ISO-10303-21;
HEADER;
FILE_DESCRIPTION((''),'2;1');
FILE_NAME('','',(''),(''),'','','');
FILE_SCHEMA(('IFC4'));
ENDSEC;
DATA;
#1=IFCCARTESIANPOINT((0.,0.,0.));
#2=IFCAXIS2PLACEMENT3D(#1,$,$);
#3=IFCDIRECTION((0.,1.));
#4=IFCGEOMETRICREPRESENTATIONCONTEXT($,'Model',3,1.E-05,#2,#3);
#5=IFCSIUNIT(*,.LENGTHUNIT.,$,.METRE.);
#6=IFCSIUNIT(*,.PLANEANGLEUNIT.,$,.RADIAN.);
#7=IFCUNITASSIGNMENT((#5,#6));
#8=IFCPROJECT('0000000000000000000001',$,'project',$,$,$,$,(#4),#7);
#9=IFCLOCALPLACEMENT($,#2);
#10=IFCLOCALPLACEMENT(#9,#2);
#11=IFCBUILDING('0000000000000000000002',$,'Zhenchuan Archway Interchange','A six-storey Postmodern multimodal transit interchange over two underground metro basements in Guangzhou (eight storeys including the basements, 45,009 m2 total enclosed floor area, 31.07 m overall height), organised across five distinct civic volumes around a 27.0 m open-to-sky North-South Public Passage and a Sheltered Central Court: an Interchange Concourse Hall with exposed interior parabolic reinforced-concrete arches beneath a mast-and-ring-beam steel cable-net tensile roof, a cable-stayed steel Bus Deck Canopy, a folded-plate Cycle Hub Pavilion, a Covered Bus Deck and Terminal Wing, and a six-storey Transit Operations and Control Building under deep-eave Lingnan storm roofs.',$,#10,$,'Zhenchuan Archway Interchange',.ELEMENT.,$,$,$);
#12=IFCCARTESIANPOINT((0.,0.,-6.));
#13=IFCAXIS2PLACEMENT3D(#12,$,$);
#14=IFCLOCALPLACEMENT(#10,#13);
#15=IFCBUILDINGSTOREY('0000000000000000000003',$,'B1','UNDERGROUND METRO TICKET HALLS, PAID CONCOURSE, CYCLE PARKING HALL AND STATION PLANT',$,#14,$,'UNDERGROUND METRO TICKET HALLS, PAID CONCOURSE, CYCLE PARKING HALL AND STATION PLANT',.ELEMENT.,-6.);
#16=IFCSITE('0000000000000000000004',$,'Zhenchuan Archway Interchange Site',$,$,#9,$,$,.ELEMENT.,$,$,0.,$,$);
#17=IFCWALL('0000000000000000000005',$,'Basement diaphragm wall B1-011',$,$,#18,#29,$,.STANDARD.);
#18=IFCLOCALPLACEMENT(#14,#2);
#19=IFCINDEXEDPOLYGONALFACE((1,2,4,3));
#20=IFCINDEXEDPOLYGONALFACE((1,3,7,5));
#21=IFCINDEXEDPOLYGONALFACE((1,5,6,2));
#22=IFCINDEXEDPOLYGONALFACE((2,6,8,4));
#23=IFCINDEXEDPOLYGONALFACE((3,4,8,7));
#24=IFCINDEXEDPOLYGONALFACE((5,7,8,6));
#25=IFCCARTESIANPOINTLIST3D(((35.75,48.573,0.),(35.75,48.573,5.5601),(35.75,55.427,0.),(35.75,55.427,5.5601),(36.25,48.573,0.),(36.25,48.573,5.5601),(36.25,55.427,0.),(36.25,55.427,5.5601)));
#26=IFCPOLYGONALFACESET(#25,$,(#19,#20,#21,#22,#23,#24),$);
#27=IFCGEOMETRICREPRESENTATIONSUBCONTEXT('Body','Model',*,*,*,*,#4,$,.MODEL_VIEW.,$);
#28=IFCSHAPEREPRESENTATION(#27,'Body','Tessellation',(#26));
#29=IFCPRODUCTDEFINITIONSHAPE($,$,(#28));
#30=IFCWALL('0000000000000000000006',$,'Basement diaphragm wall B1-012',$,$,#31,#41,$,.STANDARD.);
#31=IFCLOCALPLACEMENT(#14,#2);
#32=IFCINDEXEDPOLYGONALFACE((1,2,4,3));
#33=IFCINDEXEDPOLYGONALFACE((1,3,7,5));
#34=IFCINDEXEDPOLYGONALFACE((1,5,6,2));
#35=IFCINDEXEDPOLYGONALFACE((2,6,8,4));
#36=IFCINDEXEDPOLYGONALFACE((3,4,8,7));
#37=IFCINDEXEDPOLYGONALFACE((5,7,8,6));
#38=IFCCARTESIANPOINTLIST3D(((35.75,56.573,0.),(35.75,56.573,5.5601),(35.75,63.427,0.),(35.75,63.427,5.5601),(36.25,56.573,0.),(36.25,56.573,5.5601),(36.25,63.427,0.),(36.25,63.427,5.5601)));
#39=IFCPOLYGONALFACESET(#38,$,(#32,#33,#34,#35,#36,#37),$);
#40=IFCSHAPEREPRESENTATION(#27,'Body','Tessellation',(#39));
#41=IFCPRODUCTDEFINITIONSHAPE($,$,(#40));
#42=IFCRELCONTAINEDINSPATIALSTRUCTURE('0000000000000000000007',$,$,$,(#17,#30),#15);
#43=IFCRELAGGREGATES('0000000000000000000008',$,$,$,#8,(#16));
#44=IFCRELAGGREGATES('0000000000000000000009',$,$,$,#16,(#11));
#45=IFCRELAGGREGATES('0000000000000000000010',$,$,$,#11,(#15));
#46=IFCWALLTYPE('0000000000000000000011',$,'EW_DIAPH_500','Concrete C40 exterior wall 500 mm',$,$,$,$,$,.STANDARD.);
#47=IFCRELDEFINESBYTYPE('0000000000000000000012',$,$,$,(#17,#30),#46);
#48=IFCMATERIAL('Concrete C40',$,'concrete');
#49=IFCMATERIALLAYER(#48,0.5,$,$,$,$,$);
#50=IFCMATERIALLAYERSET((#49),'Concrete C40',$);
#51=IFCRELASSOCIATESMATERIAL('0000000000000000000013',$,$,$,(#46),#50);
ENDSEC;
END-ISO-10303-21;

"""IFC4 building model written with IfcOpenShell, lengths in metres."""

from ifc_helpers import new_model, si_unit, direction, frame, frame_2d, origin, place, context, subcontext, project, spatial, rectangle, extrude, material, layer, layer_set, type_object, element, save


model = new_model("IFC4")

# Units and contexts
model_context = context("Model", 3, precision=1e-05, world=origin(), true_north=direction((0.0, 1.0)))
body_context = subcontext(model_context, "Body", "Model", "MODEL_VIEW")
ifc_project = project(units=[si_unit("LENGTHUNIT", "METRE"), si_unit("PLANEANGLEUNIT", "RADIAN")], contexts=[model_context])

# Site, building, storey
site_placement = place(None, origin())
site = spatial("IfcSite", under=ifc_project, at=site_placement, Name="Zhenchuan Archway Interchange Site", CompositionType="ELEMENT", RefElevation=0.0)
building_placement = place(site_placement, origin())
building = spatial("IfcBuilding", under=site, at=building_placement, Name="Zhenchuan Archway Interchange", Description="A six-storey Postmodern multimodal transit interchange over two underground metro basements in Guangzhou (eight storeys including the basements, 45,009 m2 total enclosed floor area, 31.07 m overall height), organised across five distinct civic volumes around a 27.0 m open-to-sky North-South Public Passage and a Sheltered Central Court: an Interchange Concourse Hall with exposed interior parabolic reinforced-concrete arches beneath a mast-and-ring-beam steel cable-net tensile roof, a cable-stayed steel Bus Deck Canopy, a folded-plate Cycle Hub Pavilion, a Covered Bus Deck and Terminal Wing, and a six-storey Transit Operations and Control Building under deep-eave Lingnan storm roofs.", LongName="Zhenchuan Archway Interchange", CompositionType="ELEMENT")
storey_placement = place(building_placement, frame((0.0, 0.0, -6.0)))
storey = spatial("IfcBuildingStorey", under=building, at=storey_placement, Name="B1", Description="UNDERGROUND METRO TICKET HALLS, PAID CONCOURSE, CYCLE PARKING HALL AND STATION PLANT", LongName="UNDERGROUND METRO TICKET HALLS, PAID CONCOURSE, CYCLE PARKING HALL AND STATION PLANT", CompositionType="ELEMENT", Elevation=-6.0)

# Shared definitions
ifc_material_1 = material(Name="Concrete C40", Category="concrete")

# Walls
ifc_layer = layer(ifc_material_1, 0.5)
ifc_layer_set = layer_set([ifc_layer], Name="Concrete C40")
wall_type = type_object("IfcWallType", Name="EW_DIAPH_500", Description="Concrete C40 exterior wall 500 mm", PredefinedType="STANDARD", material=ifc_layer_set)
for number, where, z_axis, x_axis, name in (
    (1, (36.0, 48.573, 0.0), (0.0, 0.0, 1.0), (0.0, 1.0, 0.0), "Basement diaphragm wall B1-011"),
    (2, (36.0, 56.573, 0.0), (0.0, 0.0, 1.0), (0.0, 1.0, 0.0), "Basement diaphragm wall B1-012"),
):
    element("IfcWall", number, at=place(storey_placement, frame(where, z_axis=z_axis, x_axis=x_axis)), inside=storey, type_object=wall_type, Name=name, PredefinedType="STANDARD", context=body_context, shape_type="SweptSolid", body=[
        extrude(rectangle(XDim=6.854, YDim=0.5, at=frame_2d((3.427, 0.0))), origin(), (0.0, 0.0, 1.0), 5.5601),
    ])

save(model, "model.ifc")
